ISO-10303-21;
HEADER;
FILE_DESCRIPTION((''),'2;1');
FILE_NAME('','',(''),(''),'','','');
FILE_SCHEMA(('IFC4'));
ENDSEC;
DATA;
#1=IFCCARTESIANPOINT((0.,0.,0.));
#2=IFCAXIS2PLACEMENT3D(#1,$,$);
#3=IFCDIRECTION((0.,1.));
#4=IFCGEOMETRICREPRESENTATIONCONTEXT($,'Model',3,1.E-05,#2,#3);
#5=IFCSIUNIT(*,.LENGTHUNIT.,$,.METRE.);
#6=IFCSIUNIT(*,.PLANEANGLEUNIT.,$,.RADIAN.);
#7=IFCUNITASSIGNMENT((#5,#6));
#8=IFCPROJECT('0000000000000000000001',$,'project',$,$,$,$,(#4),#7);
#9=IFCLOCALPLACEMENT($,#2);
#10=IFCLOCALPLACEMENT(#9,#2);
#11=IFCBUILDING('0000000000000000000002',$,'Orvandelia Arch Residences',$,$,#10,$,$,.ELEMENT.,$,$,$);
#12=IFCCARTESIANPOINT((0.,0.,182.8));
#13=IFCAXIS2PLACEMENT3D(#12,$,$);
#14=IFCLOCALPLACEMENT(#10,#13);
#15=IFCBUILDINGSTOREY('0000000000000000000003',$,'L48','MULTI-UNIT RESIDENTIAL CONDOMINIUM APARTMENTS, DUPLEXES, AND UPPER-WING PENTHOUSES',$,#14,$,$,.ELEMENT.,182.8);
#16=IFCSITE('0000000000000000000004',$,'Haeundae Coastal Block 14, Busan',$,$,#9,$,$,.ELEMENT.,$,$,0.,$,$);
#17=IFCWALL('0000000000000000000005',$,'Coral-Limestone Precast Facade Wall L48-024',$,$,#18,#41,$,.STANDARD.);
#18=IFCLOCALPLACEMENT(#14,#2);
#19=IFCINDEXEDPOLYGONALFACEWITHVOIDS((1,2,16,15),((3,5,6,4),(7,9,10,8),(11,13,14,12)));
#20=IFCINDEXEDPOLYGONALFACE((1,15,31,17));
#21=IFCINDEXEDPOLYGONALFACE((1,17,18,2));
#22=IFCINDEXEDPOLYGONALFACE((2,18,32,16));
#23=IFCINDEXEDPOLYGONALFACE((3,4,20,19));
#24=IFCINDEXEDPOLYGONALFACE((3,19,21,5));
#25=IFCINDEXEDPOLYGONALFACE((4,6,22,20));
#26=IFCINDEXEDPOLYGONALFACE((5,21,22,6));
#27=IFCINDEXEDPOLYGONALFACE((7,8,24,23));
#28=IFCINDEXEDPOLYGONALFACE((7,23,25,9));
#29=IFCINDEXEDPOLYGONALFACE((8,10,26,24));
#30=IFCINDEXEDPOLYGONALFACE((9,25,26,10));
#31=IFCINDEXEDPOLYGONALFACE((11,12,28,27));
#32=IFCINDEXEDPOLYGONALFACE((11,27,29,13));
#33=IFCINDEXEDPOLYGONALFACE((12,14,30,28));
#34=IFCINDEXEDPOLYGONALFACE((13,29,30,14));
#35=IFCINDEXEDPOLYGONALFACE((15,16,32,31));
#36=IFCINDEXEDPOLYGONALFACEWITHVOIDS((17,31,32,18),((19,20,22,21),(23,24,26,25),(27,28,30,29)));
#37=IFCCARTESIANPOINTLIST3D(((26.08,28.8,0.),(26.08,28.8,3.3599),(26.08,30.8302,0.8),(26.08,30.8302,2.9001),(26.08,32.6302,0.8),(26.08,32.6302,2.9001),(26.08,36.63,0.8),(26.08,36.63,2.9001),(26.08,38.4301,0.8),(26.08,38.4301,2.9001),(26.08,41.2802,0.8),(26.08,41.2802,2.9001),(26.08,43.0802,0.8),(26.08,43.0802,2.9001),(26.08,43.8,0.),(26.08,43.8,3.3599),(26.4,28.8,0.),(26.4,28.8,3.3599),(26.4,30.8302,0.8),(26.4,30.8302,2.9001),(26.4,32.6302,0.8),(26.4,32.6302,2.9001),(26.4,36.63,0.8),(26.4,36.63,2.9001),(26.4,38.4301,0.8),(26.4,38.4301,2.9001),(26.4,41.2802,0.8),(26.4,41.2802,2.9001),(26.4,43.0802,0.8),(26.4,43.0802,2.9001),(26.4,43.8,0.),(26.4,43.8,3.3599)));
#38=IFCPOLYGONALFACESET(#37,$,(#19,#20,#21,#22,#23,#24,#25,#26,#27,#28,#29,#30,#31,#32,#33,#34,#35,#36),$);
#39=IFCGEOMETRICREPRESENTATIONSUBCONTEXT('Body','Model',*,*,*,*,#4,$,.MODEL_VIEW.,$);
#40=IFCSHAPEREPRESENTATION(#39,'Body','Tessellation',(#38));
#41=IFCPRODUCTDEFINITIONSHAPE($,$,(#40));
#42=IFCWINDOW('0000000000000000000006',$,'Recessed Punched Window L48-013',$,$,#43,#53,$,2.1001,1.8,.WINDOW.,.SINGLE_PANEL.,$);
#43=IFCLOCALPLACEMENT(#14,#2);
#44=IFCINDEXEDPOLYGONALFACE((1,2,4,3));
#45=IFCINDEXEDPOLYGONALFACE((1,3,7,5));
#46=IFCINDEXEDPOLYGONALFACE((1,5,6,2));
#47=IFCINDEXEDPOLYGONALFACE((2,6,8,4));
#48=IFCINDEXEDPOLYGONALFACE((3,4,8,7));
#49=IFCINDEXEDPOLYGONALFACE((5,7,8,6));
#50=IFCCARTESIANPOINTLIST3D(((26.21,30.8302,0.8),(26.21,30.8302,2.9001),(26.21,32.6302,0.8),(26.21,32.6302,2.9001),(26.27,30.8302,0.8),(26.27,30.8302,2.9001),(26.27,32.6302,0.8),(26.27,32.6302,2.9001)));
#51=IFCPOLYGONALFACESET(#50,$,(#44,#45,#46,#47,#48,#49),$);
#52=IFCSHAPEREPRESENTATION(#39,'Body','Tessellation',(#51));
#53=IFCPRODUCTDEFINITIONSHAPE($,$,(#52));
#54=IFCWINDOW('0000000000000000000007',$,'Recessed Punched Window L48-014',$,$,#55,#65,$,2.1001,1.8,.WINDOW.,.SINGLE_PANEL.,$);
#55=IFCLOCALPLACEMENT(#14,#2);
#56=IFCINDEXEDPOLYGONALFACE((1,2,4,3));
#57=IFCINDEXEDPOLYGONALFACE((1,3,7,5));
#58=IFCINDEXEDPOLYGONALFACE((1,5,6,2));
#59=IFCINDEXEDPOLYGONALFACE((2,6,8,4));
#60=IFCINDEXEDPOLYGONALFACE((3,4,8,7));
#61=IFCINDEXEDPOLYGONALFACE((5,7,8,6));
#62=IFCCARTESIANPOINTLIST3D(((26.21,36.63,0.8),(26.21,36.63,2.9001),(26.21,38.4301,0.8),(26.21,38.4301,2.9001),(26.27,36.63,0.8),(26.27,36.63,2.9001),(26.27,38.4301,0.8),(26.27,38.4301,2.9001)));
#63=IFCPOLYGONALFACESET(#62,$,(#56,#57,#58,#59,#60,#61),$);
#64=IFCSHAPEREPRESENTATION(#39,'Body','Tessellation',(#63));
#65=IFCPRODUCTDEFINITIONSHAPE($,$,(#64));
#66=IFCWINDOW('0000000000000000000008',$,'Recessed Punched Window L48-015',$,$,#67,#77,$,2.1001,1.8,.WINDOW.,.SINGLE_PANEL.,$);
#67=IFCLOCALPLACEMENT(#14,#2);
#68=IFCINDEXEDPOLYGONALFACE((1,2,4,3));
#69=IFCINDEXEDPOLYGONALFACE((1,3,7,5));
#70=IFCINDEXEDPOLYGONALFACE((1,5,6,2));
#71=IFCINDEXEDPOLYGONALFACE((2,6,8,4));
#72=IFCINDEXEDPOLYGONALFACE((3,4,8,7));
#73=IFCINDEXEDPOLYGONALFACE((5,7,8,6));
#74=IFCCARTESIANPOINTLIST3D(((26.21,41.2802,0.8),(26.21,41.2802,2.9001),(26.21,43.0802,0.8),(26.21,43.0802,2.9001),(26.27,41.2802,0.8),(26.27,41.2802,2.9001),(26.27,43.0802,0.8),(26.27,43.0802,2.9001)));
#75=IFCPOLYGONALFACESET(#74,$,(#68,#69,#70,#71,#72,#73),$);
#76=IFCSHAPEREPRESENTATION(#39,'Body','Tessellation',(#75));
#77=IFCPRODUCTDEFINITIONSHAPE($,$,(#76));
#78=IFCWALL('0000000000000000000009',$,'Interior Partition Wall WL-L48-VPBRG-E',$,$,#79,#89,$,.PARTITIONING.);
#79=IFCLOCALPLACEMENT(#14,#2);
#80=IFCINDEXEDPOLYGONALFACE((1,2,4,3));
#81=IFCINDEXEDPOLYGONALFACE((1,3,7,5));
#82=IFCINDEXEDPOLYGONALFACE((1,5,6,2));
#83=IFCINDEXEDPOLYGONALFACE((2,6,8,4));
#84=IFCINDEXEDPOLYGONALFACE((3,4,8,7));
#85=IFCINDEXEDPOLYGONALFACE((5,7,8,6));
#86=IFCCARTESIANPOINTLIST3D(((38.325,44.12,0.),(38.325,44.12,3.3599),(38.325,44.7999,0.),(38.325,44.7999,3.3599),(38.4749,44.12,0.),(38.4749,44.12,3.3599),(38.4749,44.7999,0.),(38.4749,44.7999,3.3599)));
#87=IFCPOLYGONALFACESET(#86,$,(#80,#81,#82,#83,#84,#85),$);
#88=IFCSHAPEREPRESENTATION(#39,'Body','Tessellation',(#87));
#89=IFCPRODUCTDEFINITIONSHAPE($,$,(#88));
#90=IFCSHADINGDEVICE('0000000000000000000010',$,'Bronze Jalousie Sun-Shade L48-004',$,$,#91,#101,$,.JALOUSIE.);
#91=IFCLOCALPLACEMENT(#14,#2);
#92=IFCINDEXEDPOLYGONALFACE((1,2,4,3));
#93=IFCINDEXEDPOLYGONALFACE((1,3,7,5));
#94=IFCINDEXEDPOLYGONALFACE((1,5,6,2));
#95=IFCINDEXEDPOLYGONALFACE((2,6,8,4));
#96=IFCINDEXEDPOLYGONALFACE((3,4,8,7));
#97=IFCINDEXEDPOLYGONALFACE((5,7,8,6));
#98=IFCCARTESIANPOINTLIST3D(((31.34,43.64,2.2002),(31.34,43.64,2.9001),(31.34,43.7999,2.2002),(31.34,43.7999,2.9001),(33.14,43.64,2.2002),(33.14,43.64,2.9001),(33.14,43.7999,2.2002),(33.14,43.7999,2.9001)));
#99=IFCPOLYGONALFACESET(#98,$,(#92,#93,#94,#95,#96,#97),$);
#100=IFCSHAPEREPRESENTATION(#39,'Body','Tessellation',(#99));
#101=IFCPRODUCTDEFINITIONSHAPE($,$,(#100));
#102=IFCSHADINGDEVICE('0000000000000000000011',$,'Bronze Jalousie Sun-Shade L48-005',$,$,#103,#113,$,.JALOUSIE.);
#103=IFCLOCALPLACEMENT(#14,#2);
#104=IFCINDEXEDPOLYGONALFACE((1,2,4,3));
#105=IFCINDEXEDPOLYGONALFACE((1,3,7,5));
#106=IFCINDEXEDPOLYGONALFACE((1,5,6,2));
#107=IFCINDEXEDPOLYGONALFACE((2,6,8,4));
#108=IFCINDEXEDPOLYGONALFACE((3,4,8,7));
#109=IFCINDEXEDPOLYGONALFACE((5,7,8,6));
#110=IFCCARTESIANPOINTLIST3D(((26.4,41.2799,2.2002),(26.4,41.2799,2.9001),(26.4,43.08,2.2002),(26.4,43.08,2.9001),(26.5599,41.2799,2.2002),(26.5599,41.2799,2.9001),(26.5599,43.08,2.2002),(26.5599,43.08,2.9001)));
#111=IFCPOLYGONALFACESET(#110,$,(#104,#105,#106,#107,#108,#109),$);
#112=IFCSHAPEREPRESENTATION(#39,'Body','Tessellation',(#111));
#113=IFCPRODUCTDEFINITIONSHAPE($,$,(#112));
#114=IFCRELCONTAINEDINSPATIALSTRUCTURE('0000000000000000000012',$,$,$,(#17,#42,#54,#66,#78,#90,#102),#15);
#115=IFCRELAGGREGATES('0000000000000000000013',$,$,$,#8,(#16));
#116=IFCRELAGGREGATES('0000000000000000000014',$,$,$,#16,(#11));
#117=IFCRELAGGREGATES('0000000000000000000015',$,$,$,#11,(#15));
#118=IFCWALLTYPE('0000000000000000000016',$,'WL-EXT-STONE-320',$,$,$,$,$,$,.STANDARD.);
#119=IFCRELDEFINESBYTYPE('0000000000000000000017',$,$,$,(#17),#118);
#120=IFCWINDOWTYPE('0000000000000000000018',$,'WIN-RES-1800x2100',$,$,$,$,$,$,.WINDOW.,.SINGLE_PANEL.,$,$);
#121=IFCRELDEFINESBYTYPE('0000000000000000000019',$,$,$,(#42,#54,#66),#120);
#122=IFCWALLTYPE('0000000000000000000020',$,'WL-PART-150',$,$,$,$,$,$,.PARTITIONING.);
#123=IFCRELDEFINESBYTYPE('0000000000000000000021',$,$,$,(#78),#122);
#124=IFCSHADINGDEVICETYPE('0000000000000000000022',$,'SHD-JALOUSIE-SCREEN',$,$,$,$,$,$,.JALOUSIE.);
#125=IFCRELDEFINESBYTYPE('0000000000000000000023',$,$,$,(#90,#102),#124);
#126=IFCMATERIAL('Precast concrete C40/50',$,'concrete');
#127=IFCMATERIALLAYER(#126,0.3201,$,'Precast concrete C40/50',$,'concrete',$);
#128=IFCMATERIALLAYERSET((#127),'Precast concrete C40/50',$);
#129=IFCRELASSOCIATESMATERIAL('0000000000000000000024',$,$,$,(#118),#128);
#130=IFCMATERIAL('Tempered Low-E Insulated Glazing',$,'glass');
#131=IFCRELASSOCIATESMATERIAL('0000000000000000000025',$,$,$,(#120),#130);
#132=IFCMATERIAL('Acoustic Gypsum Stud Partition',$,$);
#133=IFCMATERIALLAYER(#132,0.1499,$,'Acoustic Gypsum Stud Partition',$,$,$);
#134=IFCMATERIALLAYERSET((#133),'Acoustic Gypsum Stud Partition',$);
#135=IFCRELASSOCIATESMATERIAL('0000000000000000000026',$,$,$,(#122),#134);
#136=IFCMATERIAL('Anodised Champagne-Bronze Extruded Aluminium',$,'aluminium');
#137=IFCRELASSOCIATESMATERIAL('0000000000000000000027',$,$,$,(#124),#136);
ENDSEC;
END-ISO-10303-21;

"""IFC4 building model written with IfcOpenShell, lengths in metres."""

from ifc_helpers import new_model, si_unit, direction, frame, frame_2d, origin, origin_2d, place, context, subcontext, project, spatial, rectangle, extrude, material, layer, layer_set, type_object, element, fill, save


model = new_model("IFC4")

# Units and contexts
model_context = context("Model", 3, precision=1e-05, world=origin(), true_north=direction((0.0, 1.0)))
body_context = subcontext(model_context, "Body", "Model", "MODEL_VIEW")
ifc_project = project(units=[si_unit("LENGTHUNIT", "METRE"), si_unit("PLANEANGLEUNIT", "RADIAN")], contexts=[model_context])

# Site, building, storey
site_placement = place(None, origin())
site = spatial("IfcSite", under=ifc_project, at=site_placement, Name="Haeundae Coastal Block 14, Busan", CompositionType="ELEMENT", RefElevation=0.0)
building_placement = place(site_placement, origin())
building = spatial("IfcBuilding", under=site, at=building_placement, Name="Orvandelia Arch Residences", CompositionType="ELEMENT")
storey_placement = place(building_placement, frame((0.0, 0.0, 182.8)))
storey = spatial("IfcBuildingStorey", under=building, at=storey_placement, Name="L48", Description="MULTI-UNIT RESIDENTIAL CONDOMINIUM APARTMENTS, DUPLEXES, AND UPPER-WING PENTHOUSES", CompositionType="ELEMENT", Elevation=182.8)

# Shared definitions
ifc_material_1 = material(Name="Precast concrete C40/50", Category="concrete")
ifc_layer_1 = layer(ifc_material_1, 0.3201, Name="Precast concrete C40/50", Category="concrete")
ifc_layer_set_1 = layer_set([ifc_layer_1], Name="Precast concrete C40/50")
wall_type_1 = type_object("IfcWallType", Name="WL-EXT-STONE-320", PredefinedType="STANDARD", material=ifc_layer_set_1)
ifc_material_2 = material(Name="Tempered Low-E Insulated Glazing", Category="glass")
window_type = type_object("IfcWindowType", Name="WIN-RES-1800x2100", PartitioningType="SINGLE_PANEL", PredefinedType="WINDOW", material=ifc_material_2)

# Wall, openings, windows
wall_1_placement = place(storey_placement, frame((26.24, 43.8, 0.0), z_axis=(0.0, 0.0, 1.0), x_axis=(0.0, -1.0, 0.0)))
wall_1 = element("IfcWall", 1, at=wall_1_placement, inside=storey, type_object=wall_type_1, Name="Coral-Limestone Precast Facade Wall L48-024", PredefinedType="STANDARD", context=body_context, shape_type="SweptSolid", body=[
    extrude(rectangle(XDim=15.0, YDim=0.3201, at=frame_2d((7.5, 0.0))), origin(), (0.0, 0.0, 1.0), 3.3599),
])
opening_1_placement = place(wall_1_placement, frame((11.1699, 0.0, 0.8)))
opening_1 = element("IfcOpeningElement", 2, at=opening_1_placement, cuts=wall_1, PredefinedType="OPENING", context=body_context, shape_type="SweptSolid", body=[
    extrude(rectangle(XDim=1.8, YDim=2.1001, at=frame_2d((0.8999, 1.05))), frame((0.0, 0.1699, 0.0), z_axis=(0.0, -1.0, 0.0), x_axis=(1.0, 0.0, 0.0)), (0.0, 0.0, 1.0), 0.3401),
])
opening_2_placement = place(wall_1_placement, frame((5.3701, 0.0, 0.8)))
opening_2 = element("IfcOpeningElement", 3, at=opening_2_placement, cuts=wall_1, PredefinedType="OPENING", context=body_context, shape_type="SweptSolid", body=[
    extrude(rectangle(XDim=1.8, YDim=2.1001, at=frame_2d((0.8999, 1.05))), frame((0.0, 0.1699, 0.0), z_axis=(0.0, -1.0, 0.0), x_axis=(1.0, 0.0, 0.0)), (0.0, 0.0, 1.0), 0.3401),
])
opening_3_placement = place(wall_1_placement, frame((0.72, 0.0, 0.8)))
opening_3 = element("IfcOpeningElement", 4, at=opening_3_placement, cuts=wall_1, PredefinedType="OPENING", context=body_context, shape_type="SweptSolid", body=[
    extrude(rectangle(XDim=1.8, YDim=2.1001, at=frame_2d((0.8999, 1.05))), frame((0.0, 0.1699, 0.0), z_axis=(0.0, -1.0, 0.0), x_axis=(1.0, 0.0, 0.0)), (0.0, 0.0, 1.0), 0.3401),
])
window_1_placement = place(opening_1_placement, origin())
window_1 = element("IfcWindow", 5, at=window_1_placement, inside=storey, type_object=window_type, Name="Recessed Punched Window L48-013", OverallHeight=2.1001, OverallWidth=1.8, PartitioningType="SINGLE_PANEL", PredefinedType="WINDOW", context=body_context, shape_type="SweptSolid", body=[
    extrude(rectangle(XDim=1.8, YDim=2.1001, at=frame_2d((0.8999, 1.05))), frame((0.0, 0.03, 0.0), z_axis=(0.0, -1.0, 0.0), x_axis=(1.0, 0.0, 0.0)), (0.0, 0.0, 1.0), 0.0601),
])
fill(opening_1, window_1)
window_2_placement = place(opening_2_placement, origin())
window_2 = element("IfcWindow", 6, at=window_2_placement, inside=storey, type_object=window_type, Name="Recessed Punched Window L48-014", OverallHeight=2.1001, OverallWidth=1.8, PartitioningType="SINGLE_PANEL", PredefinedType="WINDOW", context=body_context, shape_type="SweptSolid", body=[
    extrude(rectangle(XDim=1.8, YDim=2.1001, at=frame_2d((0.8999, 1.05))), frame((0.0, 0.03, 0.0), z_axis=(0.0, -1.0, 0.0), x_axis=(1.0, 0.0, 0.0)), (0.0, 0.0, 1.0), 0.0601),
])
fill(opening_2, window_2)
window_3_placement = place(opening_3_placement, origin())
window_3 = element("IfcWindow", 7, at=window_3_placement, inside=storey, type_object=window_type, Name="Recessed Punched Window L48-015", OverallHeight=2.1001, OverallWidth=1.8, PartitioningType="SINGLE_PANEL", PredefinedType="WINDOW", context=body_context, shape_type="SweptSolid", body=[
    extrude(rectangle(XDim=1.8, YDim=2.1001, at=frame_2d((0.8999, 1.05))), frame((0.0, 0.03, 0.0), z_axis=(0.0, -1.0, 0.0), x_axis=(1.0, 0.0, 0.0)), (0.0, 0.0, 1.0), 0.0601),
])
fill(opening_3, window_3)

# Wall
ifc_material_3 = material(Name="Acoustic Gypsum Stud Partition")
ifc_layer_2 = layer(ifc_material_3, 0.1499, Name="Acoustic Gypsum Stud Partition")
ifc_layer_set_2 = layer_set([ifc_layer_2], Name="Acoustic Gypsum Stud Partition")
wall_type_2 = type_object("IfcWallType", Name="WL-PART-150", PredefinedType="PARTITIONING", material=ifc_layer_set_2)
wall_2_placement = place(storey_placement, frame((38.3999, 44.1201, 0.0), z_axis=(0.0, 0.0, 1.0), x_axis=(0.0, 1.0, 0.0)))
element("IfcWall", 8, at=wall_2_placement, inside=storey, type_object=wall_type_2, Name="Interior Partition Wall WL-L48-VPBRG-E", PredefinedType="PARTITIONING", context=body_context, shape_type="SweptSolid", body=[
    extrude(rectangle(XDim=0.6799, YDim=0.1499, at=frame_2d((0.3398, 0.0))), origin(), (0.0, 0.0, 1.0), 3.3599),
])

# Shading devices
ifc_material_4 = material(Name="Anodised Champagne-Bronze Extruded Aluminium", Category="aluminium")
shading_device_type = type_object("IfcShadingDeviceType", Name="SHD-JALOUSIE-SCREEN", PredefinedType="JALOUSIE", material=ifc_material_4)
for number, where, z_axis, x_axis, name in (
    (9, (32.24, 43.72, 2.2002), (0.0, 0.0, 1.0), (-1.0, 0.0, 0.0), "Bronze Jalousie Sun-Shade L48-004"),
    (10, (26.48, 42.1799, 2.2002), (0.0, 0.0, 1.0), (0.0, -1.0, 0.0), "Bronze Jalousie Sun-Shade L48-005"),
):
    element("IfcShadingDevice", number, at=place(storey_placement, frame(where, z_axis=z_axis, x_axis=x_axis)), inside=storey, type_object=shading_device_type, Name=name, PredefinedType="JALOUSIE", context=body_context, shape_type="SweptSolid", body=[
        extrude(rectangle(XDim=1.8, YDim=0.1599, at=origin_2d()), origin(), (0.0, 0.0, 1.0), 0.7),
    ])

save(model, "model.ifc")
